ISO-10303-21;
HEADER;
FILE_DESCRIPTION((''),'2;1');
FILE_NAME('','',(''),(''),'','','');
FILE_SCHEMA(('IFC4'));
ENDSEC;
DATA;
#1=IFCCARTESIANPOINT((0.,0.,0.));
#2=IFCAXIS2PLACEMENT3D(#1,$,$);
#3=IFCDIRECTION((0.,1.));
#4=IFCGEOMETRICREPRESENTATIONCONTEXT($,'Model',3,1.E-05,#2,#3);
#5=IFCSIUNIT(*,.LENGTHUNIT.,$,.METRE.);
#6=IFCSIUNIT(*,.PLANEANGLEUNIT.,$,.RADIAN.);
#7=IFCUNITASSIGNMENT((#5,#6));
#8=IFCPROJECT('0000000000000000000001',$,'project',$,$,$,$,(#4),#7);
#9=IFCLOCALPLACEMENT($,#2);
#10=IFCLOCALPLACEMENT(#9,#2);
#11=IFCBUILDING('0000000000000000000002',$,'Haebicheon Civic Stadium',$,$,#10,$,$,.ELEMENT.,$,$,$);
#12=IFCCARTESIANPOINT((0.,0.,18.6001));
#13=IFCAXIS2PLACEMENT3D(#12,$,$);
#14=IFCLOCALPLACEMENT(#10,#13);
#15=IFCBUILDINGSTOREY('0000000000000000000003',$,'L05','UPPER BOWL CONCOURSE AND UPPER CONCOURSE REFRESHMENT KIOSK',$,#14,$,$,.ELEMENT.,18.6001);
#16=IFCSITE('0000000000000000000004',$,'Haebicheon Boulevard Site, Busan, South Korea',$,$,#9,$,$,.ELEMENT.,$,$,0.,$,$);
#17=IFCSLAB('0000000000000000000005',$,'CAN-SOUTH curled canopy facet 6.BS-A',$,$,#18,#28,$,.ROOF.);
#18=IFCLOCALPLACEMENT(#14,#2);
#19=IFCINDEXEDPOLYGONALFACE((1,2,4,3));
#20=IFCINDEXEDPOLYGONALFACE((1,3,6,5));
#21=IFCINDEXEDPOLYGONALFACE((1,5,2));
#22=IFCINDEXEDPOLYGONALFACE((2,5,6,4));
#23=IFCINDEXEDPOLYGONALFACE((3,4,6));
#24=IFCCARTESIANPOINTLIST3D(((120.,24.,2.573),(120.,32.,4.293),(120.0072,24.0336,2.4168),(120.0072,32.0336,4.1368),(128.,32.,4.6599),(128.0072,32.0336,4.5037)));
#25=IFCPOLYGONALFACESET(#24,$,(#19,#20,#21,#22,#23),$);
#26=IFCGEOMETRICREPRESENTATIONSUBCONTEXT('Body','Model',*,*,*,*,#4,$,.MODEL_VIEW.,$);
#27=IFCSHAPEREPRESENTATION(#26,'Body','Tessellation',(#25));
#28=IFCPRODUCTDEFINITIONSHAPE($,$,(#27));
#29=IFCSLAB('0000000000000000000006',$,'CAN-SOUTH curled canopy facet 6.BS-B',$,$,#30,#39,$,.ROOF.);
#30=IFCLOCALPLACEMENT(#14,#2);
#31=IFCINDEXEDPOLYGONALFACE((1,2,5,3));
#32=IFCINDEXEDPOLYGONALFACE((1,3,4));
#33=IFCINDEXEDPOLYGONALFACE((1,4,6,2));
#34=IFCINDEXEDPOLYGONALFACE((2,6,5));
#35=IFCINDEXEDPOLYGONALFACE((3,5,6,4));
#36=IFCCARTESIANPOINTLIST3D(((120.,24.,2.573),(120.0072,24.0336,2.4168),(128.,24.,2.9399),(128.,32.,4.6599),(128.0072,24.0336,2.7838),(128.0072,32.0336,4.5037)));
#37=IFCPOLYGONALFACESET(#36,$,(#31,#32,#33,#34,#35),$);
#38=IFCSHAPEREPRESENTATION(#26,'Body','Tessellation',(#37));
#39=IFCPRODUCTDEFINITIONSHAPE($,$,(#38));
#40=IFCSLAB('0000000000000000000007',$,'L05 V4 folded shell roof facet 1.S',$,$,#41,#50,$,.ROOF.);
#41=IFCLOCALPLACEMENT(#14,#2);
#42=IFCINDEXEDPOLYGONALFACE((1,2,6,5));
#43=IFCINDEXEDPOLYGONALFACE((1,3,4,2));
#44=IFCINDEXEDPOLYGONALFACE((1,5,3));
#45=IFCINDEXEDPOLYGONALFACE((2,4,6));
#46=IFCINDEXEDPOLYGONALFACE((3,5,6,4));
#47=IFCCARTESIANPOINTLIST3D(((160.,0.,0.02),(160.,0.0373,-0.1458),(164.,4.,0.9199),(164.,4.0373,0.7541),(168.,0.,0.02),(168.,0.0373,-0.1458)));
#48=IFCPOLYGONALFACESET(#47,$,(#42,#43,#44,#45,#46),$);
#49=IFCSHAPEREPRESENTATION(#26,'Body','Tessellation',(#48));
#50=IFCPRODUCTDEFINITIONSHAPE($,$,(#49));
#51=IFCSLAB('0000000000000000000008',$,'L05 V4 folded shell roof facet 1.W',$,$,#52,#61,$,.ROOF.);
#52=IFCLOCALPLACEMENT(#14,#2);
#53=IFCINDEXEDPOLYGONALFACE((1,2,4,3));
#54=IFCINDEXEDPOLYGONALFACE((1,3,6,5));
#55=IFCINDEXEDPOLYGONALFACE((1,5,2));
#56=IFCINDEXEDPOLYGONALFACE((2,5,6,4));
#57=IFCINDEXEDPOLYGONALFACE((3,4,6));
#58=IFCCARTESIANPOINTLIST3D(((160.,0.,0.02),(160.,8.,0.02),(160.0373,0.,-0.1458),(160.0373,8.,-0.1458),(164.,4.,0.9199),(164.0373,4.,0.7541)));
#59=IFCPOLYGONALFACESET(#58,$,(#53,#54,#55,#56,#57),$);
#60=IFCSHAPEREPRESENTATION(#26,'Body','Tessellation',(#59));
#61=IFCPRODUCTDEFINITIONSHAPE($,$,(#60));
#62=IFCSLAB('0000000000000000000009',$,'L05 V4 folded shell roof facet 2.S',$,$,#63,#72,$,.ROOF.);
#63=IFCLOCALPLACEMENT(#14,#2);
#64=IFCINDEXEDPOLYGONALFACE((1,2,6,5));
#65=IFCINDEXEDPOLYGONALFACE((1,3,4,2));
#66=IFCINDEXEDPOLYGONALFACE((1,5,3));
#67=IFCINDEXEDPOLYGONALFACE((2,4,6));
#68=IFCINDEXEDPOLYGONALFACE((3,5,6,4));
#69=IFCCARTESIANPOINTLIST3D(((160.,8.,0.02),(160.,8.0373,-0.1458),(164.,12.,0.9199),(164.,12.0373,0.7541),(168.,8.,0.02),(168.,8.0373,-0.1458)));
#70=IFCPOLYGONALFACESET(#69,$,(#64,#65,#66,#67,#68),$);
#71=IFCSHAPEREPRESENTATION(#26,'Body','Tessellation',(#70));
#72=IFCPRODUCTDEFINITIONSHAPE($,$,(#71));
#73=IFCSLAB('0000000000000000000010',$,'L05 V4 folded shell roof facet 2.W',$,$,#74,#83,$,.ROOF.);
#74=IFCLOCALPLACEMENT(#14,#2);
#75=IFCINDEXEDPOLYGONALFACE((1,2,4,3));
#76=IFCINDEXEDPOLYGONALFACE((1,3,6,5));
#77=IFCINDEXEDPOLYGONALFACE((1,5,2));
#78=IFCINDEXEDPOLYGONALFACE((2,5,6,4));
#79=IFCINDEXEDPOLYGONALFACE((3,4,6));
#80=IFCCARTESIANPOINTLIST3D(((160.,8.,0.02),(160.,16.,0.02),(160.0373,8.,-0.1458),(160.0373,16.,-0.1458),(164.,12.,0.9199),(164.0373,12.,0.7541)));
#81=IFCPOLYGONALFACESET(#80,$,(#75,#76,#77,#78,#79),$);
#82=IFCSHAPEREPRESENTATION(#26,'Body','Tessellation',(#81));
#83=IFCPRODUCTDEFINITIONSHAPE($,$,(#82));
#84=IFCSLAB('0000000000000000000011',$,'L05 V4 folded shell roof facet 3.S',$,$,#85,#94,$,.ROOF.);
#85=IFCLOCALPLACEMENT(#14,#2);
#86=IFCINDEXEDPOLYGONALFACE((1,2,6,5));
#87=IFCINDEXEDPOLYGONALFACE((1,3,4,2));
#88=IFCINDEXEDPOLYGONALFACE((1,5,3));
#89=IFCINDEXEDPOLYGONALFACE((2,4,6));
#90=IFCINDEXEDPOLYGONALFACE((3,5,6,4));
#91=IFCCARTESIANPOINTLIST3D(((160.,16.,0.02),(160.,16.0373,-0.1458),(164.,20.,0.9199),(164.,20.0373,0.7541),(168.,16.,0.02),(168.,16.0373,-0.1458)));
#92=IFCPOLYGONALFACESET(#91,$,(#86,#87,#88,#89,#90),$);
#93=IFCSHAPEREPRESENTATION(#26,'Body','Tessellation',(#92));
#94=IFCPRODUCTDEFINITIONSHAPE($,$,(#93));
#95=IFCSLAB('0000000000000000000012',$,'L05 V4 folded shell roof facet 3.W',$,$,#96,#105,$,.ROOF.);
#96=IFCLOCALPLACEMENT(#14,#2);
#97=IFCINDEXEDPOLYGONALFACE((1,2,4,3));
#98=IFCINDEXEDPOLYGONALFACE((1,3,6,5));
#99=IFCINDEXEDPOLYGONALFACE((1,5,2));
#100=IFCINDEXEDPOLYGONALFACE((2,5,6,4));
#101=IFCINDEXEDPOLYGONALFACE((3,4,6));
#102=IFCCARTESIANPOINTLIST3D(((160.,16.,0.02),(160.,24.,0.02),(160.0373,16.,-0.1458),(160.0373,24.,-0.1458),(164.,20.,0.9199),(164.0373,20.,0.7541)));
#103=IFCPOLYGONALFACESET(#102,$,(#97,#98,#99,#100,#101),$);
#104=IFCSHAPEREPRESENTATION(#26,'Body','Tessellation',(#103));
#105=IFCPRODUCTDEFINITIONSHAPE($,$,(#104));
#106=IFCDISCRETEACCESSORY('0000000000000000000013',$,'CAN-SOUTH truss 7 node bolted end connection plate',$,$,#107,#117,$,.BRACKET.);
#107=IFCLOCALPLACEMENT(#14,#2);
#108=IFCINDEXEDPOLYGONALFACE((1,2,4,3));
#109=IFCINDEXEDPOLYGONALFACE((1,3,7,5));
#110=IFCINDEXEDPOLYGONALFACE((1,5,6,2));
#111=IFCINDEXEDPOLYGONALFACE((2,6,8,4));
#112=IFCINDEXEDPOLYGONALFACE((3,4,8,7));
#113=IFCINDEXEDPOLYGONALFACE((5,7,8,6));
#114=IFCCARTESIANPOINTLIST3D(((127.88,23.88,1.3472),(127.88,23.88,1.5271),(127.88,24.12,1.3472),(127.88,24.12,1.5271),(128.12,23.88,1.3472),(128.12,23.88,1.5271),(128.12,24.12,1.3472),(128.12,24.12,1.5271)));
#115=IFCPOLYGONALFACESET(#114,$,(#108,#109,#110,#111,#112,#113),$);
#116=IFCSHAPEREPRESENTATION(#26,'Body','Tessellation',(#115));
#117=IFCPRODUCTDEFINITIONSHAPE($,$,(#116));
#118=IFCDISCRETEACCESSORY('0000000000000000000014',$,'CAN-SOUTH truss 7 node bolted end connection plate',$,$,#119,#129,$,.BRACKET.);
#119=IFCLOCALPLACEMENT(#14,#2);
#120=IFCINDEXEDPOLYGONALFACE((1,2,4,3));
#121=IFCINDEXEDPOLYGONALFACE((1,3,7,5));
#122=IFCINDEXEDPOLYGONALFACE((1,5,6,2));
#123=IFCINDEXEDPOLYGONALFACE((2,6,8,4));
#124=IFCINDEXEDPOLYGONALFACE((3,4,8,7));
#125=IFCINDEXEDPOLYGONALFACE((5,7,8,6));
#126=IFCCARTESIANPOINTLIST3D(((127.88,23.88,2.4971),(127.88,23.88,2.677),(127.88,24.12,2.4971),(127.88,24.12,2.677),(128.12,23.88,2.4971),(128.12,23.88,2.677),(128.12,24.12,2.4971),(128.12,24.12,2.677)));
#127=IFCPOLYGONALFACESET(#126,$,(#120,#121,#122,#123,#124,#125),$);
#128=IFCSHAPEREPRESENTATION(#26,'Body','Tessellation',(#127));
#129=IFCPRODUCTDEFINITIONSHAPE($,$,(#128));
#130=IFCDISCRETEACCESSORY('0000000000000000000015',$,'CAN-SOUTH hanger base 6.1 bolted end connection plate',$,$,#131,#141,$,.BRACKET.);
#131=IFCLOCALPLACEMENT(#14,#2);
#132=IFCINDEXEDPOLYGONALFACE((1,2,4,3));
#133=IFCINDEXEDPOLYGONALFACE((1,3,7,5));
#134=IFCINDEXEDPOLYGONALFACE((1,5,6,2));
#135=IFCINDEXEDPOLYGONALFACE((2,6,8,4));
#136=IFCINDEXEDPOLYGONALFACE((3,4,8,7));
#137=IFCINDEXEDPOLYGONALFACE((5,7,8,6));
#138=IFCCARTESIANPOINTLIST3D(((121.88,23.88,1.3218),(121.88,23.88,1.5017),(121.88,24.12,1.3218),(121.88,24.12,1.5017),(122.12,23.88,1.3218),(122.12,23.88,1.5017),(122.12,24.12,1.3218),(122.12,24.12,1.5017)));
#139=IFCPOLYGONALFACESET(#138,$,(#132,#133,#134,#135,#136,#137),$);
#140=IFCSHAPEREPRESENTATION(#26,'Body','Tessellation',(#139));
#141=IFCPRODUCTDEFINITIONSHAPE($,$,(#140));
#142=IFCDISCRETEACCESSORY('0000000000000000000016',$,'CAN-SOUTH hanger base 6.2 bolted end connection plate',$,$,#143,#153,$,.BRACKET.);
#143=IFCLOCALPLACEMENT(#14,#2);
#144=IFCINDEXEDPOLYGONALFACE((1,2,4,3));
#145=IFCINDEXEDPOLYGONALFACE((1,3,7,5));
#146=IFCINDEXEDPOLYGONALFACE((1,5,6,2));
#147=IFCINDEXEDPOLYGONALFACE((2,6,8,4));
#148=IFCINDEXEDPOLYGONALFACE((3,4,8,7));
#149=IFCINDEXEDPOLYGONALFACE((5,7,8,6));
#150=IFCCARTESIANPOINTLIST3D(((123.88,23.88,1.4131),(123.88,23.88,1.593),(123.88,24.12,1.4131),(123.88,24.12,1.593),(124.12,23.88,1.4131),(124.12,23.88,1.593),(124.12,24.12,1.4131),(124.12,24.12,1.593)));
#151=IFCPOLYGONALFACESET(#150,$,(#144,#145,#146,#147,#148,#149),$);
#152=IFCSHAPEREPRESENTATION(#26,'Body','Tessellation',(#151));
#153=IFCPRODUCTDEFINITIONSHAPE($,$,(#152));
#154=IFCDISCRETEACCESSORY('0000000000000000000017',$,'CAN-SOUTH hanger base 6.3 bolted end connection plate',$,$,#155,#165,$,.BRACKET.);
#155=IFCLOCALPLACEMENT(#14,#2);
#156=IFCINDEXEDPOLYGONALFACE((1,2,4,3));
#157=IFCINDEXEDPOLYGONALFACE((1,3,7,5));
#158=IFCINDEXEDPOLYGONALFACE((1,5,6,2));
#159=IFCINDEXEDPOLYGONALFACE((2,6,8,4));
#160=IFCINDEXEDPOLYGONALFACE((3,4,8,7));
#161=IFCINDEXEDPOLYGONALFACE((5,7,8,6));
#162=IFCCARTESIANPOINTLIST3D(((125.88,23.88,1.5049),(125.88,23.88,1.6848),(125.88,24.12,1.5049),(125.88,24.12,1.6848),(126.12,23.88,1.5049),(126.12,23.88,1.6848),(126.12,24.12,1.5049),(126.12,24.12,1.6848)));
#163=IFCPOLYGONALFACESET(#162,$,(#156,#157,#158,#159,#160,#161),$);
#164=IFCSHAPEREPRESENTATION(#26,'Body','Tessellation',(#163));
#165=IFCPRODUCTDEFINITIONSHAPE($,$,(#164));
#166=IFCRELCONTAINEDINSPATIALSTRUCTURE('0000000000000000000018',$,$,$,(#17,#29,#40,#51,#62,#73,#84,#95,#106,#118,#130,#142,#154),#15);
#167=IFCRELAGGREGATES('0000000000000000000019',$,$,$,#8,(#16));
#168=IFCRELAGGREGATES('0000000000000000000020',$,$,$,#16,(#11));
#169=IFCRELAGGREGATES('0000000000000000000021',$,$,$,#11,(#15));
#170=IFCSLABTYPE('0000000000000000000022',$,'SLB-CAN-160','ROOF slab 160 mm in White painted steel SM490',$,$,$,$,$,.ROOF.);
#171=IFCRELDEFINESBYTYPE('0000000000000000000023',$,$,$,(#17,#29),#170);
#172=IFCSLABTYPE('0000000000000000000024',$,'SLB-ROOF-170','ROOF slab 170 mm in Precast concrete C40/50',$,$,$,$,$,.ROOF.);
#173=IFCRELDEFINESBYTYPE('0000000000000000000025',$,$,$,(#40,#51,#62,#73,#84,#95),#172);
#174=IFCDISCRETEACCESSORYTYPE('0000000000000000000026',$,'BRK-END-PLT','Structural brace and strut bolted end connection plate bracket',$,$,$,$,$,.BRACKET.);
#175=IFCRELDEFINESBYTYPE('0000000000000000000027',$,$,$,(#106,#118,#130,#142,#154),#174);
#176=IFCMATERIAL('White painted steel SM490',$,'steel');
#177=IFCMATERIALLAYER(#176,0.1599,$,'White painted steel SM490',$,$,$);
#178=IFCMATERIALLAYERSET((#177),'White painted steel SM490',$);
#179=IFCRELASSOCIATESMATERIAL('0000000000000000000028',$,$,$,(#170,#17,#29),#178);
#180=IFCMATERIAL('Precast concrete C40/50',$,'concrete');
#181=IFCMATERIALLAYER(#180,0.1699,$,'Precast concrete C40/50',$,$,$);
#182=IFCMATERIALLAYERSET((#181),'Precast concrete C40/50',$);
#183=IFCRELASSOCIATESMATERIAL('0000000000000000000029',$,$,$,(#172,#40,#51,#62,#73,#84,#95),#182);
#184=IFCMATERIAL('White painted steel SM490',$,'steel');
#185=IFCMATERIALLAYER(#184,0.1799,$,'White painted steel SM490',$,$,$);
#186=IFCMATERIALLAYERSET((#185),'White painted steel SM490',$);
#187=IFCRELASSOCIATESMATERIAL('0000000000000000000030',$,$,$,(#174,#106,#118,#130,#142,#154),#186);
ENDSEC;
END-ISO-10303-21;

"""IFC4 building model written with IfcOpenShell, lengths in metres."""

from ifc_helpers import new_model, si_unit, direction, frame, origin, origin_2d, place, context, subcontext, project, spatial, polyline, rectangle, outline, extrude, material, layer, layer_set, type_object, element, save


model = new_model("IFC4")

# Units and contexts
model_context = context("Model", 3, precision=1e-05, world=origin(), true_north=direction((0.0, 1.0)))
body_context = subcontext(model_context, "Body", "Model", "MODEL_VIEW")
ifc_project = project(units=[si_unit("LENGTHUNIT", "METRE"), si_unit("PLANEANGLEUNIT", "RADIAN")], contexts=[model_context])

# Site, building, storey
site_placement = place(None, origin())
site = spatial("IfcSite", under=ifc_project, at=site_placement, Name="Haebicheon Boulevard Site, Busan, South Korea", CompositionType="ELEMENT", RefElevation=0.0)
building_placement = place(site_placement, origin())
building = spatial("IfcBuilding", under=site, at=building_placement, Name="Haebicheon Civic Stadium", CompositionType="ELEMENT")
storey_placement = place(building_placement, frame((0.0, 0.0, 18.6001)))
storey = spatial("IfcBuildingStorey", under=building, at=storey_placement, Name="L05", Description="UPPER BOWL CONCOURSE AND UPPER CONCOURSE REFRESHMENT KIOSK", CompositionType="ELEMENT", Elevation=18.6001)

# Slabs
ifc_material_1 = material(Name="White painted steel SM490", Category="steel")
ifc_layer_1 = layer(ifc_material_1, 0.1599, Name="White painted steel SM490")
ifc_layer_set_1 = layer_set([ifc_layer_1], Name="White painted steel SM490")
slab_type_1 = type_object("IfcSlabType", Name="SLB-CAN-160", Description="ROOF slab 160 mm in White painted steel SM490", PredefinedType="ROOF", material=ifc_layer_set_1)
slab_1_placement = place(storey_placement, frame((120.0, 24.0, 2.573), z_axis=(-0.044798, -0.209982, 0.976678), x_axis=(0.0, 0.97766, 0.210193)))
element("IfcSlab", 1, at=slab_1_placement, inside=storey, type_object=slab_type_1, material=ifc_layer_set_1, Name="CAN-SOUTH curled canopy facet 6.BS-A", PredefinedType="ROOF", context=body_context, shape_type="SweptSolid", body=[
    extrude(outline(polyline([(0.0, 0.0), (8.1828, 0.0), (8.2599, -8.008), (0.0, 0.0)])), origin(), (0.0, 0.0, -1.0), 0.1599),
])
slab_2_placement = place(storey_placement, frame((120.0, 24.0, 2.573), z_axis=(-0.044798, -0.209982, 0.976678), x_axis=(0.695376, 0.695376, 0.181399)))
element("IfcSlab", 2, at=slab_2_placement, inside=storey, type_object=slab_type_1, material=ifc_layer_set_1, Name="CAN-SOUTH curled canopy facet 6.BS-B", PredefinedType="ROOF", context=body_context, shape_type="SweptSolid", body=[
    extrude(outline(polyline([(0.0, 0.0), (11.5046, 0.0), (5.6296, -5.6958), (0.0, 0.0)])), origin(), (0.0, 0.0, -1.0), 0.1599),
])
ifc_material_2 = material(Name="Precast concrete C40/50", Category="concrete")
ifc_layer_2 = layer(ifc_material_2, 0.1699, Name="Precast concrete C40/50")
ifc_layer_set_2 = layer_set([ifc_layer_2], Name="Precast concrete C40/50")
slab_type_2 = type_object("IfcSlabType", Name="SLB-ROOF-170", Description="ROOF slab 170 mm in Precast concrete C40/50", PredefinedType="ROOF", material=ifc_layer_set_2)
for number, where, z_axis, x_axis, name in (
    (3, (160.0, 0.0, 0.02), (0.0, -0.21949, 0.975615), (1.0, 0.0, 0.0), "L05 V4 folded shell roof facet 1.S"),
    (4, (160.0, 8.0, 0.02), (-0.21949, 0.0, 0.975615), (0.0, -1.0, 0.0), "L05 V4 folded shell roof facet 1.W"),
    (5, (160.0, 8.0, 0.02), (0.0, -0.21949, 0.975615), (1.0, 0.0, 0.0), "L05 V4 folded shell roof facet 2.S"),
    (6, (160.0, 16.0, 0.02), (-0.21949, 0.0, 0.975615), (0.0, -1.0, 0.0), "L05 V4 folded shell roof facet 2.W"),
    (7, (160.0, 16.0, 0.02), (0.0, -0.21949, 0.975615), (1.0, 0.0, 0.0), "L05 V4 folded shell roof facet 3.S"),
    (8, (160.0, 24.0, 0.02), (-0.21949, 0.0, 0.975615), (0.0, -1.0, 0.0), "L05 V4 folded shell roof facet 3.W"),
):
    element("IfcSlab", number, at=place(storey_placement, frame(where, z_axis=z_axis, x_axis=x_axis)), inside=storey, type_object=slab_type_2, material=ifc_layer_set_2, Name=name, PredefinedType="ROOF", context=body_context, shape_type="SweptSolid", body=[
        extrude(outline(polyline([(0.0, 0.0), (8.0, 0.0), (4.0, 4.1), (0.0, 0.0)])), origin(), (0.0, 0.0, -1.0), 0.1699),
    ])

# Discrete accessories
ifc_material_3 = material(Name="White painted steel SM490", Category="steel")
ifc_layer_3 = layer(ifc_material_3, 0.1799, Name="White painted steel SM490")
ifc_layer_set_3 = layer_set([ifc_layer_3], Name="White painted steel SM490")
discrete_accessory_type = type_object("IfcDiscreteAccessoryType", Name="BRK-END-PLT", Description="Structural brace and strut bolted end connection plate bracket", PredefinedType="BRACKET", material=ifc_layer_set_3)
for number, where, z_axis, x_axis, name in (
    (9, (128.0, 24.0, 1.3472), (0.0, 0.0, 1.0), (1.0, 0.0, 0.0), "CAN-SOUTH truss 7 node bolted end connection plate"),
    (10, (128.0, 24.0, 2.4971), (0.0, 0.0, 1.0), (1.0, 0.0, 0.0), "CAN-SOUTH truss 7 node bolted end connection plate"),
    (11, (122.0, 24.0, 1.3218), (0.0, 0.0, 1.0), (1.0, 0.0, 0.0), "CAN-SOUTH hanger base 6.1 bolted end connection plate"),
    (12, (124.0, 24.0, 1.4131), (0.0, 0.0, 1.0), (1.0, 0.0, 0.0), "CAN-SOUTH hanger base 6.2 bolted end connection plate"),
    (13, (126.0, 24.0, 1.5049), (0.0, 0.0, 1.0), (1.0, 0.0, 0.0), "CAN-SOUTH hanger base 6.3 bolted end connection plate"),
):
    element("IfcDiscreteAccessory", number, at=place(storey_placement, frame(where, z_axis=z_axis, x_axis=x_axis)), inside=storey, type_object=discrete_accessory_type, material=ifc_layer_set_3, Name=name, PredefinedType="BRACKET", context=body_context, shape_type="SweptSolid", body=[
        extrude(rectangle(XDim=0.24, YDim=0.24, at=origin_2d()), origin(), (0.0, 0.0, 1.0), 0.1799),
    ])

save(model, "model.ifc")
